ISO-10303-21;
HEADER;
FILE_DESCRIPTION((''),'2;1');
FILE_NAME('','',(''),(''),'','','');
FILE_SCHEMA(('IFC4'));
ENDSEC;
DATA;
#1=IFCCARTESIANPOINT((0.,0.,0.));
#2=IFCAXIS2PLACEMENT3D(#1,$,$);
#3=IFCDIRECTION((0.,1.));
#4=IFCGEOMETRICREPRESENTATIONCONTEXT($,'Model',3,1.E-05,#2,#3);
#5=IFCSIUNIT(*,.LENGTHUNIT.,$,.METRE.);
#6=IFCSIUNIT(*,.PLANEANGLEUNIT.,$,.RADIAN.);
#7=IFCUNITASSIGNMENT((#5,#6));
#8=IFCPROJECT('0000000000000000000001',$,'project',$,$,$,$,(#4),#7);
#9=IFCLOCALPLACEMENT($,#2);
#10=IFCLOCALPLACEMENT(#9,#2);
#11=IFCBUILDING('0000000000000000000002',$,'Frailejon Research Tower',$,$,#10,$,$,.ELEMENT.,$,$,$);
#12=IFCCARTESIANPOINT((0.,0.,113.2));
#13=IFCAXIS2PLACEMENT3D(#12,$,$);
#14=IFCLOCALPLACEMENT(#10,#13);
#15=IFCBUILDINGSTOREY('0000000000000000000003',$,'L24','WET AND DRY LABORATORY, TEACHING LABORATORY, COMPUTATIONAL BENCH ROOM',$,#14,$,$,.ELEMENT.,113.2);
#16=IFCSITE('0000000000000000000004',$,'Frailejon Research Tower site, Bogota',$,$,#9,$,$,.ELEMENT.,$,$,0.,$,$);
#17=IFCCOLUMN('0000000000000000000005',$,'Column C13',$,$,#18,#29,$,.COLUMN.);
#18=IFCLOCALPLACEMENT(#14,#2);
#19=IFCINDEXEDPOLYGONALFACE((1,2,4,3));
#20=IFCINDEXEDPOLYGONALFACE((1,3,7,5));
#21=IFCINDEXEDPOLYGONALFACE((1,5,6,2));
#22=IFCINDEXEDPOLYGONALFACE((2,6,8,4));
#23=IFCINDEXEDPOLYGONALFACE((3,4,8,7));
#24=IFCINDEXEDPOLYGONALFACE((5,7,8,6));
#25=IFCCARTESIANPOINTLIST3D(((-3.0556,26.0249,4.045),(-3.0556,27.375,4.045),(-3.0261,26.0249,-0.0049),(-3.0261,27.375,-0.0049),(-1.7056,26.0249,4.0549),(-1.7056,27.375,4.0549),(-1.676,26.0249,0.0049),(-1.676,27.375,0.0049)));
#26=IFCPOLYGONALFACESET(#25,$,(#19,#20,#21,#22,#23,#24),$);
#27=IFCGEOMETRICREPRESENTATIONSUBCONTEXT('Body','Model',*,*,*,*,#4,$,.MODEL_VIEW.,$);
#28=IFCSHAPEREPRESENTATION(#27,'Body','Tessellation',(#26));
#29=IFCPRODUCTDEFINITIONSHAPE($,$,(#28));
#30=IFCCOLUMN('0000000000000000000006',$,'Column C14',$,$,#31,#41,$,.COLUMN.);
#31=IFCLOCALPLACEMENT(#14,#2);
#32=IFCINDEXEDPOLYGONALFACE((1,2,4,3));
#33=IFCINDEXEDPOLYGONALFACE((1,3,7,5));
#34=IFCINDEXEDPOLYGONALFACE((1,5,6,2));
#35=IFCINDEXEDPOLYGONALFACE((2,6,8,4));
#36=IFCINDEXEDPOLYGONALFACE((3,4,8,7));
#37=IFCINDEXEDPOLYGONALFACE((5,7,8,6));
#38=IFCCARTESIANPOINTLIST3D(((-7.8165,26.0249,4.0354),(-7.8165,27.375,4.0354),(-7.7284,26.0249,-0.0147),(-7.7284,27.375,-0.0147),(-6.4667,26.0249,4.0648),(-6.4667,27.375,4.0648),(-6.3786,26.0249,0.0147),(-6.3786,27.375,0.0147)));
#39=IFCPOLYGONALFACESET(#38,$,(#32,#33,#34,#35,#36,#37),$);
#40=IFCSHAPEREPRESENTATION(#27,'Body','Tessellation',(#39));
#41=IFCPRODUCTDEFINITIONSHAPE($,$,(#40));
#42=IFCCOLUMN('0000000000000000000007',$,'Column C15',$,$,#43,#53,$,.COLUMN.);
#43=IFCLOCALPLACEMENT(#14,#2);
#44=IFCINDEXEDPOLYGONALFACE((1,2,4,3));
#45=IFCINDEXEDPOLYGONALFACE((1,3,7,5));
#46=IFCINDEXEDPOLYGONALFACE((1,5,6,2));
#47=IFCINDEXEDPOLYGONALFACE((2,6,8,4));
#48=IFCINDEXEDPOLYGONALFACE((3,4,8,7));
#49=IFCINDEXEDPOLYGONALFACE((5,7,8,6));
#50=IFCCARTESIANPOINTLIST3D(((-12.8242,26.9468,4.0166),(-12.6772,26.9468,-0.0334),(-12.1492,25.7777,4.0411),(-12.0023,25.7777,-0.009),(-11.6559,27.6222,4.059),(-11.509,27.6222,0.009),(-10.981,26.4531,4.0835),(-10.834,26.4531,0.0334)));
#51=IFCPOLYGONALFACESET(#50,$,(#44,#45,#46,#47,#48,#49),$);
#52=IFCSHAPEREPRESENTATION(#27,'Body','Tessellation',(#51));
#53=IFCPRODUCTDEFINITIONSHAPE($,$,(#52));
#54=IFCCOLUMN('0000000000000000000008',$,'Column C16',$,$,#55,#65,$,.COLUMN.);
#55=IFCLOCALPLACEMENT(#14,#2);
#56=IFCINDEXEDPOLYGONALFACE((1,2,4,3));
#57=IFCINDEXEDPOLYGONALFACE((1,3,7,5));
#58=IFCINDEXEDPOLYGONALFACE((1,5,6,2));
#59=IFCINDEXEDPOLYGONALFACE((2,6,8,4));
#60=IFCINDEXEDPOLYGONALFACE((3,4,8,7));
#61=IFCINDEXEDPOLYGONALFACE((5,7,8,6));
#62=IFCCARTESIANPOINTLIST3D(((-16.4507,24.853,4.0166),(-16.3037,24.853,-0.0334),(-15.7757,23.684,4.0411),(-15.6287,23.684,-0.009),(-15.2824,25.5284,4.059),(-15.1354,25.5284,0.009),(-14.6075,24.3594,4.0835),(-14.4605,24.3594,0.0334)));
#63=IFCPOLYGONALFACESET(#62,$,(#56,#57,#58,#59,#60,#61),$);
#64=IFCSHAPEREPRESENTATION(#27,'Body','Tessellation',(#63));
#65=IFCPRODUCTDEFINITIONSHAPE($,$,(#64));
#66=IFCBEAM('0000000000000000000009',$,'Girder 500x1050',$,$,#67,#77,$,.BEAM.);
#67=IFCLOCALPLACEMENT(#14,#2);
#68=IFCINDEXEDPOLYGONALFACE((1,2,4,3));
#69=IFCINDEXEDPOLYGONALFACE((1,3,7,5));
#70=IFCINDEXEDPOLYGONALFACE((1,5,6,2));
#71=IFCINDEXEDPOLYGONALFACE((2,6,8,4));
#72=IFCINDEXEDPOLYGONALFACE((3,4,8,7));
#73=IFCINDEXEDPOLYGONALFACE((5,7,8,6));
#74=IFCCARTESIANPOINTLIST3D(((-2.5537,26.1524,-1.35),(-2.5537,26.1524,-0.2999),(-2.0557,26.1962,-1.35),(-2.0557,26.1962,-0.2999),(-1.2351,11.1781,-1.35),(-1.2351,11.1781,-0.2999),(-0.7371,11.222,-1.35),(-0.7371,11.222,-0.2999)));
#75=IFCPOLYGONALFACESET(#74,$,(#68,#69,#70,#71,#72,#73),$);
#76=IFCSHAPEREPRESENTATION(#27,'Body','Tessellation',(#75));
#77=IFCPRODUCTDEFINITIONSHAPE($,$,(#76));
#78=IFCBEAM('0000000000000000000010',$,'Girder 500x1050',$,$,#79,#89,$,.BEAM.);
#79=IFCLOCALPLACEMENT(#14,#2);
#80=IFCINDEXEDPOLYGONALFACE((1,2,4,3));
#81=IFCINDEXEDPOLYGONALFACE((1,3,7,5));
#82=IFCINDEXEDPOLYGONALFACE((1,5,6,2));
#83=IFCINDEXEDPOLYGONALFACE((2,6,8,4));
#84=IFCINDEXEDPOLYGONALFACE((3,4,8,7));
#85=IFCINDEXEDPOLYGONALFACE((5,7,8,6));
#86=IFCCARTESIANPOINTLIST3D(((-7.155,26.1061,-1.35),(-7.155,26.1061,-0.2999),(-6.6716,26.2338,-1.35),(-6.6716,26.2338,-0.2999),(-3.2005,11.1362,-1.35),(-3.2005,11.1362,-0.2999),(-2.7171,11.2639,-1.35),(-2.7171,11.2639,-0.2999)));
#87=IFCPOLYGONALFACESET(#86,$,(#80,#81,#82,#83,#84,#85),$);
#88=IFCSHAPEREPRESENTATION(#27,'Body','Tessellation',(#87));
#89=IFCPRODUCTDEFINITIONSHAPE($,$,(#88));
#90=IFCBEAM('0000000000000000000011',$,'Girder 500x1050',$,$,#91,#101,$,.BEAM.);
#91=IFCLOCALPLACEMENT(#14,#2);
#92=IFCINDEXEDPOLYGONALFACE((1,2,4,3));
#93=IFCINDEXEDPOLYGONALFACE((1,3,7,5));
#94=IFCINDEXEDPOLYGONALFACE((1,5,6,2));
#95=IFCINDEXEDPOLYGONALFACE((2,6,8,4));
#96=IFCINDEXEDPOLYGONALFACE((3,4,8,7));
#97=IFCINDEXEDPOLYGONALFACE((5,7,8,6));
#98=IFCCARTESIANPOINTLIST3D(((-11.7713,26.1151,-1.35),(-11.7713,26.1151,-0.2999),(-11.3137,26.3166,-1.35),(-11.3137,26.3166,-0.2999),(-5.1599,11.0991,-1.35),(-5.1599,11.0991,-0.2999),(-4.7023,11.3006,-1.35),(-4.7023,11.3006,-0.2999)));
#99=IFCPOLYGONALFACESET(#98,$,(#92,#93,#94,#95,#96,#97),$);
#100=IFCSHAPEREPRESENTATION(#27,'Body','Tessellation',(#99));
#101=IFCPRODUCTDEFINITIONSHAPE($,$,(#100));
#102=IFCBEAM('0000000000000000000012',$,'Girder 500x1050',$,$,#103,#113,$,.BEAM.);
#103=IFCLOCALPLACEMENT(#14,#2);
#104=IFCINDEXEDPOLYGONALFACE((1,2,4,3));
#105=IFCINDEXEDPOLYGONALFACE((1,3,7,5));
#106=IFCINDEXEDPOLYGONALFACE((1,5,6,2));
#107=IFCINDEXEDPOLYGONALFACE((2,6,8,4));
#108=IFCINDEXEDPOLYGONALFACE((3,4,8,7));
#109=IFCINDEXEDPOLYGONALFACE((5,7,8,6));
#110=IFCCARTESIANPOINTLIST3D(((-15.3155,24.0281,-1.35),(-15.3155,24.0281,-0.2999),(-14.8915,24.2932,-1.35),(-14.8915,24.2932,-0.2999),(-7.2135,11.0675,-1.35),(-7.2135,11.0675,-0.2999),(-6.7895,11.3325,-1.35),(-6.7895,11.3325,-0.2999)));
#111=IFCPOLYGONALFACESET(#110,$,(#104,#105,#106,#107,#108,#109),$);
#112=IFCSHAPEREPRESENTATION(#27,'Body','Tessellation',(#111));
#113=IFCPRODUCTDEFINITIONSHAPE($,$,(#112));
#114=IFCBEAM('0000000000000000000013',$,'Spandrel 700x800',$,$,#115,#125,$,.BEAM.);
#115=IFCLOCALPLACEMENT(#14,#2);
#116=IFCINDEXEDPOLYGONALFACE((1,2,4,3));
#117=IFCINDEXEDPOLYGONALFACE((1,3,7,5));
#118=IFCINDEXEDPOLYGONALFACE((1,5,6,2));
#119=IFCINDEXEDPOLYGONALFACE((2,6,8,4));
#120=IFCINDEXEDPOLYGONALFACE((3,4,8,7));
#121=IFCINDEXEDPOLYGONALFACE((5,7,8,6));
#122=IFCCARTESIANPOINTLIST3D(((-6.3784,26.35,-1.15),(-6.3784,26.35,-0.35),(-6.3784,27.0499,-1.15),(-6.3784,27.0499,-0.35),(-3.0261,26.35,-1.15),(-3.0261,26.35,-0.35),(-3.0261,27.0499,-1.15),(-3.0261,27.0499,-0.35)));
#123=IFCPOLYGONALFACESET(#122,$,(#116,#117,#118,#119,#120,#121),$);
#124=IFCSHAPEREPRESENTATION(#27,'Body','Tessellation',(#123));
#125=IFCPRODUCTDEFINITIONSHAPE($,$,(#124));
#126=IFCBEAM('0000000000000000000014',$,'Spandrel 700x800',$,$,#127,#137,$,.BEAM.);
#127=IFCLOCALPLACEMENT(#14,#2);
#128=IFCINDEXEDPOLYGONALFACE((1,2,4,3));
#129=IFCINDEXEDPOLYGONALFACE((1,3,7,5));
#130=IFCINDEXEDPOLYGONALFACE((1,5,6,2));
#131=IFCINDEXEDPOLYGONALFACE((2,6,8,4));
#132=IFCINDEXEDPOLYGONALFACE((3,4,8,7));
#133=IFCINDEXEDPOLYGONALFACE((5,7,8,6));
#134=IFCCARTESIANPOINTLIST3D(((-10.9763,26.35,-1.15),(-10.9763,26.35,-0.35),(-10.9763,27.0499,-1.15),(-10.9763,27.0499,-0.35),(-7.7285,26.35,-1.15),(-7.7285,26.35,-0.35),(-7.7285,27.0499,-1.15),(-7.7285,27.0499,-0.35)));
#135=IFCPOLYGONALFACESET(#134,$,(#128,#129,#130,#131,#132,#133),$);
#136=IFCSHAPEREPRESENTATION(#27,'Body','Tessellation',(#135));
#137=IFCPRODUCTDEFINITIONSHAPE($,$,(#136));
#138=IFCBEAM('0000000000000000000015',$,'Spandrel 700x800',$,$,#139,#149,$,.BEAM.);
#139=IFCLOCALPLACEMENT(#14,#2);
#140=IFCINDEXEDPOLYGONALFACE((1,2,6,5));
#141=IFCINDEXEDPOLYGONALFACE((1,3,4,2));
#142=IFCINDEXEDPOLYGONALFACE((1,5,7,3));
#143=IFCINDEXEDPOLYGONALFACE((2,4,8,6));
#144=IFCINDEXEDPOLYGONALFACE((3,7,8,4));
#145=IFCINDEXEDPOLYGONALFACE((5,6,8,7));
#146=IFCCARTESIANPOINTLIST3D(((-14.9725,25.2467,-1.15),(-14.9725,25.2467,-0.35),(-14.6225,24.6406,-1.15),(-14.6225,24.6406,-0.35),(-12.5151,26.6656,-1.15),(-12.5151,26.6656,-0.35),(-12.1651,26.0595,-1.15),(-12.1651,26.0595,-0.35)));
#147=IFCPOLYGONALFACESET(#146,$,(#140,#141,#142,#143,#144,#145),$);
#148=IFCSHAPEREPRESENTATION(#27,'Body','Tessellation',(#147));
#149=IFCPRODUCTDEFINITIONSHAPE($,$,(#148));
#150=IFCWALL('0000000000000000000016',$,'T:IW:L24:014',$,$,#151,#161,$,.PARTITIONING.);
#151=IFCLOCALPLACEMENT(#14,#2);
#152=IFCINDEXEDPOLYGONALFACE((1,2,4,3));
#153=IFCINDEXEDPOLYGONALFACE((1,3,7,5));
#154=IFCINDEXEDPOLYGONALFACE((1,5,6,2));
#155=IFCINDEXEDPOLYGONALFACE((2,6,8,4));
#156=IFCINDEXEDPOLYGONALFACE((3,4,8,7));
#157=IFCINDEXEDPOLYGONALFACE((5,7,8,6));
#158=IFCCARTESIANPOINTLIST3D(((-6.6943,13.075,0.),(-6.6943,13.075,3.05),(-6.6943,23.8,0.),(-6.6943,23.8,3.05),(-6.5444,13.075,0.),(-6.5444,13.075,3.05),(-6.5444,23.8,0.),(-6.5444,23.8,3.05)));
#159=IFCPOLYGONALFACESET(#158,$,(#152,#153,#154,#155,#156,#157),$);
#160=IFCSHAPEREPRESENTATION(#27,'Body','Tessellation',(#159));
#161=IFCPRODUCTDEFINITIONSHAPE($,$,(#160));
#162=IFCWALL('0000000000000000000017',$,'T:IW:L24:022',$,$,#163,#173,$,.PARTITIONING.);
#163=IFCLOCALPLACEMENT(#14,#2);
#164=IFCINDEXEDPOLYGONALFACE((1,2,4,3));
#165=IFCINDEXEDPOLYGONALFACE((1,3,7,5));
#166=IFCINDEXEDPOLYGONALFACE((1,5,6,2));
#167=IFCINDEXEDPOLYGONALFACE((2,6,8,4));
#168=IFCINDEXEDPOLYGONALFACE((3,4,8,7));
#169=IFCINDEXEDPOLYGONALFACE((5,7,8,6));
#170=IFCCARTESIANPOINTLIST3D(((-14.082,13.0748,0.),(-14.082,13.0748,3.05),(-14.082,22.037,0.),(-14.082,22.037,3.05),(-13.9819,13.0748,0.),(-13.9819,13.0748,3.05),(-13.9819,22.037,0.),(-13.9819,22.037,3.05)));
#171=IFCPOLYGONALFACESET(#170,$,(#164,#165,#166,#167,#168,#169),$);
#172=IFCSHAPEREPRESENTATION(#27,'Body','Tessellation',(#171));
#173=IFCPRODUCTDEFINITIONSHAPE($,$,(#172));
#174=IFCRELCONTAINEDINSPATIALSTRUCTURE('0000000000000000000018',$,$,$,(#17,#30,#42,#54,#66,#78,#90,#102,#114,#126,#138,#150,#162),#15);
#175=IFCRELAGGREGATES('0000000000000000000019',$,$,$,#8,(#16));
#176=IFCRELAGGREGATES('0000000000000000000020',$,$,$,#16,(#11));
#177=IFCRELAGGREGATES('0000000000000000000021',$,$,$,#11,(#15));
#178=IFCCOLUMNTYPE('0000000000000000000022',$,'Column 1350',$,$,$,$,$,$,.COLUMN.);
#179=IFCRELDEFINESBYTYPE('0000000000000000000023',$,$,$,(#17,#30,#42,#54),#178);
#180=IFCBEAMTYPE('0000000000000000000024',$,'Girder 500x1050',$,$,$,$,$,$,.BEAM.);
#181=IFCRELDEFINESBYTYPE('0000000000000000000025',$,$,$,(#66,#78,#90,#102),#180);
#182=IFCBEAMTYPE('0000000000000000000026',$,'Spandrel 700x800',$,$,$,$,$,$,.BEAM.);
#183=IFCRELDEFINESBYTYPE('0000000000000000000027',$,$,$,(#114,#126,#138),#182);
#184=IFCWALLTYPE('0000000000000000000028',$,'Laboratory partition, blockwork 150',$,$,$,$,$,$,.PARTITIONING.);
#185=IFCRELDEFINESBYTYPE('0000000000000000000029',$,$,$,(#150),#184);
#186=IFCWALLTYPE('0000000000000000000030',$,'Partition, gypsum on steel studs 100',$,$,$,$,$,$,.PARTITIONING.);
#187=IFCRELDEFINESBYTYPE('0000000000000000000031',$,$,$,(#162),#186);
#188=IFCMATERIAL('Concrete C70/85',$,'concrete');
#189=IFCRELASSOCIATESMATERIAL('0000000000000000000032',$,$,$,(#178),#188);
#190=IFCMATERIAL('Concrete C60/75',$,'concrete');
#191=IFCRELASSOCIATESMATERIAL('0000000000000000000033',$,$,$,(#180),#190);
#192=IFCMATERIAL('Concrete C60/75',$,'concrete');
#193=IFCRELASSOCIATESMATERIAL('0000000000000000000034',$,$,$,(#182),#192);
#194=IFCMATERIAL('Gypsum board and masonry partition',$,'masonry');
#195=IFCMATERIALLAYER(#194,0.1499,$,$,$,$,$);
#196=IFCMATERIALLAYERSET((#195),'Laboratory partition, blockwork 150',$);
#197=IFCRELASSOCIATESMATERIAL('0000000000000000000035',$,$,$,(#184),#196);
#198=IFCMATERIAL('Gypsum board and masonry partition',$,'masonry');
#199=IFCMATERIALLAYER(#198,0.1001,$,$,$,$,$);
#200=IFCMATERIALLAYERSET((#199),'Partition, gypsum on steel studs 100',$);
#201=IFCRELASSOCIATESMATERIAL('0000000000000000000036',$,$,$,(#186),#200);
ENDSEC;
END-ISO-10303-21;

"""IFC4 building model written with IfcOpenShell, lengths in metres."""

from ifc_helpers import new_model, si_unit, direction, frame, frame_2d, origin, origin_2d, place, context, subcontext, project, spatial, rectangle, extrude, material, layer, layer_set, material_profile, profile_set, type_object, element, save


model = new_model("IFC4")

# Units and contexts
model_context = context("Model", 3, precision=1e-05, world=origin(), true_north=direction((0.0, 1.0)))
body_context = subcontext(model_context, "Body", "Model", "MODEL_VIEW")
ifc_project = project(units=[si_unit("LENGTHUNIT", "METRE"), si_unit("PLANEANGLEUNIT", "RADIAN")], contexts=[model_context])

# Site, building, storey
site_placement = place(None, origin())
site = spatial("IfcSite", under=ifc_project, at=site_placement, Name="Frailejon Research Tower site, Bogota", CompositionType="ELEMENT", RefElevation=0.0)
building_placement = place(site_placement, origin())
building = spatial("IfcBuilding", under=site, at=building_placement, Name="Frailejon Research Tower", CompositionType="ELEMENT")
storey_placement = place(building_placement, frame((0.0, 0.0, 113.2)))
storey = spatial("IfcBuildingStorey", under=building, at=storey_placement, Name="L24", Description="WET AND DRY LABORATORY, TEACHING LABORATORY, COMPUTATIONAL BENCH ROOM", CompositionType="ELEMENT", Elevation=113.2)

# Columns
ifc_material_1 = material(Name="Concrete C70/85", Category="concrete")
ifc_material_profile_1 = material_profile(ifc_material_1, rectangle(XDim=1.3501, YDim=1.3501, at=origin_2d()), Name="Column 1350")
ifc_profile_set_1 = profile_set([ifc_material_profile_1], Name="Concrete C70/85")
column_type = type_object("IfcColumnType", Name="Column 1350", PredefinedType="COLUMN", material=ifc_profile_set_1)
column_1_placement = place(storey_placement, frame((-2.3511, 26.7, 0.0), z_axis=(-0.007294, 0.0, 0.999973), x_axis=(-0.999973, 0.0, -0.007294)))
element("IfcColumn", 1, at=column_1_placement, inside=storey, type_object=column_type, Name="Column C13", PredefinedType="COLUMN", context=body_context, shape_type="SweptSolid", body=[
    extrude(rectangle(XDim=1.3501, YDim=1.3501, at=origin_2d()), origin(), (0.0, 0.0, 1.0), 4.05),
])
column_2_placement = place(storey_placement, frame((-7.0535, 26.7, 0.0), z_axis=(-0.021756, 0.0, 0.999763), x_axis=(-0.999763, 0.0, -0.021756)))
element("IfcColumn", 2, at=column_2_placement, inside=storey, type_object=column_type, Name="Column C14", PredefinedType="COLUMN", context=body_context, shape_type="SweptSolid", body=[
    extrude(rectangle(XDim=1.3501, YDim=1.3501, at=origin_2d()), origin(), (0.0, 0.0, 1.0), 4.051),
])
for number, where, z_axis, x_axis, name in (
    (3, (-11.7556, 26.7, 0.0), (-0.036265, 0.0, 0.999342), (-0.865314, -0.500246, -0.031401), "Column C15"),
    (4, (-15.3821, 24.6062, 0.0), (-0.036265, 0.0, 0.999342), (-0.865314, -0.500246, -0.031401), "Column C16"),
):
    element("IfcColumn", number, at=place(storey_placement, frame(where, z_axis=z_axis, x_axis=x_axis)), inside=storey, type_object=column_type, Name=name, PredefinedType="COLUMN", context=body_context, shape_type="SweptSolid", body=[
        extrude(rectangle(XDim=1.3501, YDim=1.3501, at=origin_2d()), origin(), (0.0, 0.0, 1.0), 4.0527),
    ])

# Beams
ifc_material_2 = material(Name="Concrete C60/75", Category="concrete")
ifc_material_profile_2 = material_profile(ifc_material_2, rectangle(XDim=0.5, YDim=1.05, at=origin_2d()), Name="Girder 500x1050")
ifc_profile_set_2 = profile_set([ifc_material_profile_2], Name="Concrete C60/75")
beam_type_1 = type_object("IfcBeamType", Name="Girder 500x1050", PredefinedType="BEAM", material=ifc_profile_set_2)
beam_1_placement = place(storey_placement, frame((-2.3047, 26.1743, -0.825), z_axis=(0.087718, -0.996145, 0.0), x_axis=(0.996145, 0.087718, 0.0)))
element("IfcBeam", 5, at=beam_1_placement, inside=storey, type_object=beam_type_1, Name="Girder 500x1050", PredefinedType="BEAM", context=body_context, shape_type="SweptSolid", body=[
    extrude(rectangle(XDim=0.5, YDim=1.05, at=origin_2d()), origin(), (0.0, 0.0, 1.0), 15.0322),
])
beam_2_placement = place(storey_placement, frame((-6.9133, 26.1699, -0.825), z_axis=(0.255407, -0.966834, 0.0), x_axis=(0.966834, 0.255407, 0.0)))
element("IfcBeam", 6, at=beam_2_placement, inside=storey, type_object=beam_type_1, Name="Girder 500x1050", PredefinedType="BEAM", context=body_context, shape_type="SweptSolid", body=[
    extrude(rectangle(XDim=0.5, YDim=1.05, at=origin_2d()), origin(), (0.0, 0.0, 1.0), 15.4834),
])
beam_3_placement = place(storey_placement, frame((-11.5425, 26.2158, -0.825), z_axis=(0.402961, -0.915217, 0.0), x_axis=(0.915217, 0.402961, 0.0)))
element("IfcBeam", 7, at=beam_3_placement, inside=storey, type_object=beam_type_1, Name="Girder 500x1050", PredefinedType="BEAM", context=body_context, shape_type="SweptSolid", body=[
    extrude(rectangle(XDim=0.5, YDim=1.05, at=origin_2d()), origin(), (0.0, 0.0, 1.0), 16.407),
])
beam_4_placement = place(storey_placement, frame((-15.1035, 24.1606, -0.825), z_axis=(0.530075, -0.847951, 0.0), x_axis=(0.847951, 0.530075, 0.0)))
element("IfcBeam", 8, at=beam_4_placement, inside=storey, type_object=beam_type_1, Name="Girder 500x1050", PredefinedType="BEAM", context=body_context, shape_type="SweptSolid", body=[
    extrude(rectangle(XDim=0.5, YDim=1.05, at=origin_2d()), origin(), (0.0, 0.0, 1.0), 15.2847),
])
ifc_material_3 = material(Name="Concrete C60/75", Category="concrete")
ifc_material_profile_3 = material_profile(ifc_material_3, rectangle(XDim=0.7, YDim=0.8, at=origin_2d()), Name="Spandrel 700x800")
ifc_profile_set_3 = profile_set([ifc_material_profile_3], Name="Concrete C60/75")
beam_type_2 = type_object("IfcBeamType", Name="Spandrel 700x800", PredefinedType="BEAM", material=ifc_profile_set_3)
beam_5_placement = place(storey_placement, frame((-3.0261, 26.7, -0.75), z_axis=(-1.0, 0.0, 0.0), x_axis=(0.0, -1.0, 0.0)))
element("IfcBeam", 9, at=beam_5_placement, inside=storey, type_object=beam_type_2, Name="Spandrel 700x800", PredefinedType="BEAM", context=body_context, shape_type="SweptSolid", body=[
    extrude(rectangle(XDim=0.7, YDim=0.8, at=origin_2d()), origin(), (0.0, 0.0, 1.0), 3.3523),
])
beam_6_placement = place(storey_placement, frame((-7.7285, 26.7, -0.75), z_axis=(-1.0, 0.0, 0.0), x_axis=(0.0, -1.0, 0.0)))
element("IfcBeam", 10, at=beam_6_placement, inside=storey, type_object=beam_type_2, Name="Spandrel 700x800", PredefinedType="BEAM", context=body_context, shape_type="SweptSolid", body=[
    extrude(rectangle(XDim=0.7, YDim=0.8, at=origin_2d()), origin(), (0.0, 0.0, 1.0), 3.2478),
])
beam_7_placement = place(storey_placement, frame((-12.3401, 26.3625, -0.75), z_axis=(-0.866011, -0.500025, 0.0), x_axis=(0.500025, -0.866011, 0.0)))
element("IfcBeam", 11, at=beam_7_placement, inside=storey, type_object=beam_type_2, Name="Spandrel 700x800", PredefinedType="BEAM", context=body_context, shape_type="SweptSolid", body=[
    extrude(rectangle(XDim=0.7, YDim=0.8, at=origin_2d()), origin(), (0.0, 0.0, 1.0), 2.8376),
])

# Walls
ifc_material_4 = material(Name="Gypsum board and masonry partition", Category="masonry")
ifc_layer_1 = layer(ifc_material_4, 0.1499)
ifc_layer_set_1 = layer_set([ifc_layer_1], Name="Laboratory partition, blockwork 150")
wall_type_1 = type_object("IfcWallType", Name="Laboratory partition, blockwork 150", PredefinedType="PARTITIONING", material=ifc_layer_set_1)
wall_1_placement = place(storey_placement, frame((-6.6194, 13.075, 0.0), z_axis=(0.0, 0.0, 1.0), x_axis=(0.0, 1.0, 0.0)))
element("IfcWall", 12, at=wall_1_placement, inside=storey, type_object=wall_type_1, Name="T:IW:L24:014", PredefinedType="PARTITIONING", context=body_context, shape_type="SweptSolid", body=[
    extrude(rectangle(XDim=10.7251, YDim=0.1499, at=frame_2d((5.3625, 0.0))), origin(), (0.0, 0.0, 1.0), 3.05),
])
ifc_material_5 = material(Name="Gypsum board and masonry partition", Category="masonry")
ifc_layer_2 = layer(ifc_material_5, 0.1001)
ifc_layer_set_2 = layer_set([ifc_layer_2], Name="Partition, gypsum on steel studs 100")
wall_type_2 = type_object("IfcWallType", Name="Partition, gypsum on steel studs 100", PredefinedType="PARTITIONING", material=ifc_layer_set_2)
wall_2_placement = place(storey_placement, frame((-14.032, 13.075, 0.0), z_axis=(0.0, 0.0, 1.0), x_axis=(0.0, 1.0, 0.0)))
element("IfcWall", 13, at=wall_2_placement, inside=storey, type_object=wall_type_2, Name="T:IW:L24:022", PredefinedType="PARTITIONING", context=body_context, shape_type="SweptSolid", body=[
    extrude(rectangle(XDim=8.9622, YDim=0.1001, at=frame_2d((4.481, 0.0))), origin(), (0.0, 0.0, 1.0), 3.05),
])

save(model, "model.ifc")
